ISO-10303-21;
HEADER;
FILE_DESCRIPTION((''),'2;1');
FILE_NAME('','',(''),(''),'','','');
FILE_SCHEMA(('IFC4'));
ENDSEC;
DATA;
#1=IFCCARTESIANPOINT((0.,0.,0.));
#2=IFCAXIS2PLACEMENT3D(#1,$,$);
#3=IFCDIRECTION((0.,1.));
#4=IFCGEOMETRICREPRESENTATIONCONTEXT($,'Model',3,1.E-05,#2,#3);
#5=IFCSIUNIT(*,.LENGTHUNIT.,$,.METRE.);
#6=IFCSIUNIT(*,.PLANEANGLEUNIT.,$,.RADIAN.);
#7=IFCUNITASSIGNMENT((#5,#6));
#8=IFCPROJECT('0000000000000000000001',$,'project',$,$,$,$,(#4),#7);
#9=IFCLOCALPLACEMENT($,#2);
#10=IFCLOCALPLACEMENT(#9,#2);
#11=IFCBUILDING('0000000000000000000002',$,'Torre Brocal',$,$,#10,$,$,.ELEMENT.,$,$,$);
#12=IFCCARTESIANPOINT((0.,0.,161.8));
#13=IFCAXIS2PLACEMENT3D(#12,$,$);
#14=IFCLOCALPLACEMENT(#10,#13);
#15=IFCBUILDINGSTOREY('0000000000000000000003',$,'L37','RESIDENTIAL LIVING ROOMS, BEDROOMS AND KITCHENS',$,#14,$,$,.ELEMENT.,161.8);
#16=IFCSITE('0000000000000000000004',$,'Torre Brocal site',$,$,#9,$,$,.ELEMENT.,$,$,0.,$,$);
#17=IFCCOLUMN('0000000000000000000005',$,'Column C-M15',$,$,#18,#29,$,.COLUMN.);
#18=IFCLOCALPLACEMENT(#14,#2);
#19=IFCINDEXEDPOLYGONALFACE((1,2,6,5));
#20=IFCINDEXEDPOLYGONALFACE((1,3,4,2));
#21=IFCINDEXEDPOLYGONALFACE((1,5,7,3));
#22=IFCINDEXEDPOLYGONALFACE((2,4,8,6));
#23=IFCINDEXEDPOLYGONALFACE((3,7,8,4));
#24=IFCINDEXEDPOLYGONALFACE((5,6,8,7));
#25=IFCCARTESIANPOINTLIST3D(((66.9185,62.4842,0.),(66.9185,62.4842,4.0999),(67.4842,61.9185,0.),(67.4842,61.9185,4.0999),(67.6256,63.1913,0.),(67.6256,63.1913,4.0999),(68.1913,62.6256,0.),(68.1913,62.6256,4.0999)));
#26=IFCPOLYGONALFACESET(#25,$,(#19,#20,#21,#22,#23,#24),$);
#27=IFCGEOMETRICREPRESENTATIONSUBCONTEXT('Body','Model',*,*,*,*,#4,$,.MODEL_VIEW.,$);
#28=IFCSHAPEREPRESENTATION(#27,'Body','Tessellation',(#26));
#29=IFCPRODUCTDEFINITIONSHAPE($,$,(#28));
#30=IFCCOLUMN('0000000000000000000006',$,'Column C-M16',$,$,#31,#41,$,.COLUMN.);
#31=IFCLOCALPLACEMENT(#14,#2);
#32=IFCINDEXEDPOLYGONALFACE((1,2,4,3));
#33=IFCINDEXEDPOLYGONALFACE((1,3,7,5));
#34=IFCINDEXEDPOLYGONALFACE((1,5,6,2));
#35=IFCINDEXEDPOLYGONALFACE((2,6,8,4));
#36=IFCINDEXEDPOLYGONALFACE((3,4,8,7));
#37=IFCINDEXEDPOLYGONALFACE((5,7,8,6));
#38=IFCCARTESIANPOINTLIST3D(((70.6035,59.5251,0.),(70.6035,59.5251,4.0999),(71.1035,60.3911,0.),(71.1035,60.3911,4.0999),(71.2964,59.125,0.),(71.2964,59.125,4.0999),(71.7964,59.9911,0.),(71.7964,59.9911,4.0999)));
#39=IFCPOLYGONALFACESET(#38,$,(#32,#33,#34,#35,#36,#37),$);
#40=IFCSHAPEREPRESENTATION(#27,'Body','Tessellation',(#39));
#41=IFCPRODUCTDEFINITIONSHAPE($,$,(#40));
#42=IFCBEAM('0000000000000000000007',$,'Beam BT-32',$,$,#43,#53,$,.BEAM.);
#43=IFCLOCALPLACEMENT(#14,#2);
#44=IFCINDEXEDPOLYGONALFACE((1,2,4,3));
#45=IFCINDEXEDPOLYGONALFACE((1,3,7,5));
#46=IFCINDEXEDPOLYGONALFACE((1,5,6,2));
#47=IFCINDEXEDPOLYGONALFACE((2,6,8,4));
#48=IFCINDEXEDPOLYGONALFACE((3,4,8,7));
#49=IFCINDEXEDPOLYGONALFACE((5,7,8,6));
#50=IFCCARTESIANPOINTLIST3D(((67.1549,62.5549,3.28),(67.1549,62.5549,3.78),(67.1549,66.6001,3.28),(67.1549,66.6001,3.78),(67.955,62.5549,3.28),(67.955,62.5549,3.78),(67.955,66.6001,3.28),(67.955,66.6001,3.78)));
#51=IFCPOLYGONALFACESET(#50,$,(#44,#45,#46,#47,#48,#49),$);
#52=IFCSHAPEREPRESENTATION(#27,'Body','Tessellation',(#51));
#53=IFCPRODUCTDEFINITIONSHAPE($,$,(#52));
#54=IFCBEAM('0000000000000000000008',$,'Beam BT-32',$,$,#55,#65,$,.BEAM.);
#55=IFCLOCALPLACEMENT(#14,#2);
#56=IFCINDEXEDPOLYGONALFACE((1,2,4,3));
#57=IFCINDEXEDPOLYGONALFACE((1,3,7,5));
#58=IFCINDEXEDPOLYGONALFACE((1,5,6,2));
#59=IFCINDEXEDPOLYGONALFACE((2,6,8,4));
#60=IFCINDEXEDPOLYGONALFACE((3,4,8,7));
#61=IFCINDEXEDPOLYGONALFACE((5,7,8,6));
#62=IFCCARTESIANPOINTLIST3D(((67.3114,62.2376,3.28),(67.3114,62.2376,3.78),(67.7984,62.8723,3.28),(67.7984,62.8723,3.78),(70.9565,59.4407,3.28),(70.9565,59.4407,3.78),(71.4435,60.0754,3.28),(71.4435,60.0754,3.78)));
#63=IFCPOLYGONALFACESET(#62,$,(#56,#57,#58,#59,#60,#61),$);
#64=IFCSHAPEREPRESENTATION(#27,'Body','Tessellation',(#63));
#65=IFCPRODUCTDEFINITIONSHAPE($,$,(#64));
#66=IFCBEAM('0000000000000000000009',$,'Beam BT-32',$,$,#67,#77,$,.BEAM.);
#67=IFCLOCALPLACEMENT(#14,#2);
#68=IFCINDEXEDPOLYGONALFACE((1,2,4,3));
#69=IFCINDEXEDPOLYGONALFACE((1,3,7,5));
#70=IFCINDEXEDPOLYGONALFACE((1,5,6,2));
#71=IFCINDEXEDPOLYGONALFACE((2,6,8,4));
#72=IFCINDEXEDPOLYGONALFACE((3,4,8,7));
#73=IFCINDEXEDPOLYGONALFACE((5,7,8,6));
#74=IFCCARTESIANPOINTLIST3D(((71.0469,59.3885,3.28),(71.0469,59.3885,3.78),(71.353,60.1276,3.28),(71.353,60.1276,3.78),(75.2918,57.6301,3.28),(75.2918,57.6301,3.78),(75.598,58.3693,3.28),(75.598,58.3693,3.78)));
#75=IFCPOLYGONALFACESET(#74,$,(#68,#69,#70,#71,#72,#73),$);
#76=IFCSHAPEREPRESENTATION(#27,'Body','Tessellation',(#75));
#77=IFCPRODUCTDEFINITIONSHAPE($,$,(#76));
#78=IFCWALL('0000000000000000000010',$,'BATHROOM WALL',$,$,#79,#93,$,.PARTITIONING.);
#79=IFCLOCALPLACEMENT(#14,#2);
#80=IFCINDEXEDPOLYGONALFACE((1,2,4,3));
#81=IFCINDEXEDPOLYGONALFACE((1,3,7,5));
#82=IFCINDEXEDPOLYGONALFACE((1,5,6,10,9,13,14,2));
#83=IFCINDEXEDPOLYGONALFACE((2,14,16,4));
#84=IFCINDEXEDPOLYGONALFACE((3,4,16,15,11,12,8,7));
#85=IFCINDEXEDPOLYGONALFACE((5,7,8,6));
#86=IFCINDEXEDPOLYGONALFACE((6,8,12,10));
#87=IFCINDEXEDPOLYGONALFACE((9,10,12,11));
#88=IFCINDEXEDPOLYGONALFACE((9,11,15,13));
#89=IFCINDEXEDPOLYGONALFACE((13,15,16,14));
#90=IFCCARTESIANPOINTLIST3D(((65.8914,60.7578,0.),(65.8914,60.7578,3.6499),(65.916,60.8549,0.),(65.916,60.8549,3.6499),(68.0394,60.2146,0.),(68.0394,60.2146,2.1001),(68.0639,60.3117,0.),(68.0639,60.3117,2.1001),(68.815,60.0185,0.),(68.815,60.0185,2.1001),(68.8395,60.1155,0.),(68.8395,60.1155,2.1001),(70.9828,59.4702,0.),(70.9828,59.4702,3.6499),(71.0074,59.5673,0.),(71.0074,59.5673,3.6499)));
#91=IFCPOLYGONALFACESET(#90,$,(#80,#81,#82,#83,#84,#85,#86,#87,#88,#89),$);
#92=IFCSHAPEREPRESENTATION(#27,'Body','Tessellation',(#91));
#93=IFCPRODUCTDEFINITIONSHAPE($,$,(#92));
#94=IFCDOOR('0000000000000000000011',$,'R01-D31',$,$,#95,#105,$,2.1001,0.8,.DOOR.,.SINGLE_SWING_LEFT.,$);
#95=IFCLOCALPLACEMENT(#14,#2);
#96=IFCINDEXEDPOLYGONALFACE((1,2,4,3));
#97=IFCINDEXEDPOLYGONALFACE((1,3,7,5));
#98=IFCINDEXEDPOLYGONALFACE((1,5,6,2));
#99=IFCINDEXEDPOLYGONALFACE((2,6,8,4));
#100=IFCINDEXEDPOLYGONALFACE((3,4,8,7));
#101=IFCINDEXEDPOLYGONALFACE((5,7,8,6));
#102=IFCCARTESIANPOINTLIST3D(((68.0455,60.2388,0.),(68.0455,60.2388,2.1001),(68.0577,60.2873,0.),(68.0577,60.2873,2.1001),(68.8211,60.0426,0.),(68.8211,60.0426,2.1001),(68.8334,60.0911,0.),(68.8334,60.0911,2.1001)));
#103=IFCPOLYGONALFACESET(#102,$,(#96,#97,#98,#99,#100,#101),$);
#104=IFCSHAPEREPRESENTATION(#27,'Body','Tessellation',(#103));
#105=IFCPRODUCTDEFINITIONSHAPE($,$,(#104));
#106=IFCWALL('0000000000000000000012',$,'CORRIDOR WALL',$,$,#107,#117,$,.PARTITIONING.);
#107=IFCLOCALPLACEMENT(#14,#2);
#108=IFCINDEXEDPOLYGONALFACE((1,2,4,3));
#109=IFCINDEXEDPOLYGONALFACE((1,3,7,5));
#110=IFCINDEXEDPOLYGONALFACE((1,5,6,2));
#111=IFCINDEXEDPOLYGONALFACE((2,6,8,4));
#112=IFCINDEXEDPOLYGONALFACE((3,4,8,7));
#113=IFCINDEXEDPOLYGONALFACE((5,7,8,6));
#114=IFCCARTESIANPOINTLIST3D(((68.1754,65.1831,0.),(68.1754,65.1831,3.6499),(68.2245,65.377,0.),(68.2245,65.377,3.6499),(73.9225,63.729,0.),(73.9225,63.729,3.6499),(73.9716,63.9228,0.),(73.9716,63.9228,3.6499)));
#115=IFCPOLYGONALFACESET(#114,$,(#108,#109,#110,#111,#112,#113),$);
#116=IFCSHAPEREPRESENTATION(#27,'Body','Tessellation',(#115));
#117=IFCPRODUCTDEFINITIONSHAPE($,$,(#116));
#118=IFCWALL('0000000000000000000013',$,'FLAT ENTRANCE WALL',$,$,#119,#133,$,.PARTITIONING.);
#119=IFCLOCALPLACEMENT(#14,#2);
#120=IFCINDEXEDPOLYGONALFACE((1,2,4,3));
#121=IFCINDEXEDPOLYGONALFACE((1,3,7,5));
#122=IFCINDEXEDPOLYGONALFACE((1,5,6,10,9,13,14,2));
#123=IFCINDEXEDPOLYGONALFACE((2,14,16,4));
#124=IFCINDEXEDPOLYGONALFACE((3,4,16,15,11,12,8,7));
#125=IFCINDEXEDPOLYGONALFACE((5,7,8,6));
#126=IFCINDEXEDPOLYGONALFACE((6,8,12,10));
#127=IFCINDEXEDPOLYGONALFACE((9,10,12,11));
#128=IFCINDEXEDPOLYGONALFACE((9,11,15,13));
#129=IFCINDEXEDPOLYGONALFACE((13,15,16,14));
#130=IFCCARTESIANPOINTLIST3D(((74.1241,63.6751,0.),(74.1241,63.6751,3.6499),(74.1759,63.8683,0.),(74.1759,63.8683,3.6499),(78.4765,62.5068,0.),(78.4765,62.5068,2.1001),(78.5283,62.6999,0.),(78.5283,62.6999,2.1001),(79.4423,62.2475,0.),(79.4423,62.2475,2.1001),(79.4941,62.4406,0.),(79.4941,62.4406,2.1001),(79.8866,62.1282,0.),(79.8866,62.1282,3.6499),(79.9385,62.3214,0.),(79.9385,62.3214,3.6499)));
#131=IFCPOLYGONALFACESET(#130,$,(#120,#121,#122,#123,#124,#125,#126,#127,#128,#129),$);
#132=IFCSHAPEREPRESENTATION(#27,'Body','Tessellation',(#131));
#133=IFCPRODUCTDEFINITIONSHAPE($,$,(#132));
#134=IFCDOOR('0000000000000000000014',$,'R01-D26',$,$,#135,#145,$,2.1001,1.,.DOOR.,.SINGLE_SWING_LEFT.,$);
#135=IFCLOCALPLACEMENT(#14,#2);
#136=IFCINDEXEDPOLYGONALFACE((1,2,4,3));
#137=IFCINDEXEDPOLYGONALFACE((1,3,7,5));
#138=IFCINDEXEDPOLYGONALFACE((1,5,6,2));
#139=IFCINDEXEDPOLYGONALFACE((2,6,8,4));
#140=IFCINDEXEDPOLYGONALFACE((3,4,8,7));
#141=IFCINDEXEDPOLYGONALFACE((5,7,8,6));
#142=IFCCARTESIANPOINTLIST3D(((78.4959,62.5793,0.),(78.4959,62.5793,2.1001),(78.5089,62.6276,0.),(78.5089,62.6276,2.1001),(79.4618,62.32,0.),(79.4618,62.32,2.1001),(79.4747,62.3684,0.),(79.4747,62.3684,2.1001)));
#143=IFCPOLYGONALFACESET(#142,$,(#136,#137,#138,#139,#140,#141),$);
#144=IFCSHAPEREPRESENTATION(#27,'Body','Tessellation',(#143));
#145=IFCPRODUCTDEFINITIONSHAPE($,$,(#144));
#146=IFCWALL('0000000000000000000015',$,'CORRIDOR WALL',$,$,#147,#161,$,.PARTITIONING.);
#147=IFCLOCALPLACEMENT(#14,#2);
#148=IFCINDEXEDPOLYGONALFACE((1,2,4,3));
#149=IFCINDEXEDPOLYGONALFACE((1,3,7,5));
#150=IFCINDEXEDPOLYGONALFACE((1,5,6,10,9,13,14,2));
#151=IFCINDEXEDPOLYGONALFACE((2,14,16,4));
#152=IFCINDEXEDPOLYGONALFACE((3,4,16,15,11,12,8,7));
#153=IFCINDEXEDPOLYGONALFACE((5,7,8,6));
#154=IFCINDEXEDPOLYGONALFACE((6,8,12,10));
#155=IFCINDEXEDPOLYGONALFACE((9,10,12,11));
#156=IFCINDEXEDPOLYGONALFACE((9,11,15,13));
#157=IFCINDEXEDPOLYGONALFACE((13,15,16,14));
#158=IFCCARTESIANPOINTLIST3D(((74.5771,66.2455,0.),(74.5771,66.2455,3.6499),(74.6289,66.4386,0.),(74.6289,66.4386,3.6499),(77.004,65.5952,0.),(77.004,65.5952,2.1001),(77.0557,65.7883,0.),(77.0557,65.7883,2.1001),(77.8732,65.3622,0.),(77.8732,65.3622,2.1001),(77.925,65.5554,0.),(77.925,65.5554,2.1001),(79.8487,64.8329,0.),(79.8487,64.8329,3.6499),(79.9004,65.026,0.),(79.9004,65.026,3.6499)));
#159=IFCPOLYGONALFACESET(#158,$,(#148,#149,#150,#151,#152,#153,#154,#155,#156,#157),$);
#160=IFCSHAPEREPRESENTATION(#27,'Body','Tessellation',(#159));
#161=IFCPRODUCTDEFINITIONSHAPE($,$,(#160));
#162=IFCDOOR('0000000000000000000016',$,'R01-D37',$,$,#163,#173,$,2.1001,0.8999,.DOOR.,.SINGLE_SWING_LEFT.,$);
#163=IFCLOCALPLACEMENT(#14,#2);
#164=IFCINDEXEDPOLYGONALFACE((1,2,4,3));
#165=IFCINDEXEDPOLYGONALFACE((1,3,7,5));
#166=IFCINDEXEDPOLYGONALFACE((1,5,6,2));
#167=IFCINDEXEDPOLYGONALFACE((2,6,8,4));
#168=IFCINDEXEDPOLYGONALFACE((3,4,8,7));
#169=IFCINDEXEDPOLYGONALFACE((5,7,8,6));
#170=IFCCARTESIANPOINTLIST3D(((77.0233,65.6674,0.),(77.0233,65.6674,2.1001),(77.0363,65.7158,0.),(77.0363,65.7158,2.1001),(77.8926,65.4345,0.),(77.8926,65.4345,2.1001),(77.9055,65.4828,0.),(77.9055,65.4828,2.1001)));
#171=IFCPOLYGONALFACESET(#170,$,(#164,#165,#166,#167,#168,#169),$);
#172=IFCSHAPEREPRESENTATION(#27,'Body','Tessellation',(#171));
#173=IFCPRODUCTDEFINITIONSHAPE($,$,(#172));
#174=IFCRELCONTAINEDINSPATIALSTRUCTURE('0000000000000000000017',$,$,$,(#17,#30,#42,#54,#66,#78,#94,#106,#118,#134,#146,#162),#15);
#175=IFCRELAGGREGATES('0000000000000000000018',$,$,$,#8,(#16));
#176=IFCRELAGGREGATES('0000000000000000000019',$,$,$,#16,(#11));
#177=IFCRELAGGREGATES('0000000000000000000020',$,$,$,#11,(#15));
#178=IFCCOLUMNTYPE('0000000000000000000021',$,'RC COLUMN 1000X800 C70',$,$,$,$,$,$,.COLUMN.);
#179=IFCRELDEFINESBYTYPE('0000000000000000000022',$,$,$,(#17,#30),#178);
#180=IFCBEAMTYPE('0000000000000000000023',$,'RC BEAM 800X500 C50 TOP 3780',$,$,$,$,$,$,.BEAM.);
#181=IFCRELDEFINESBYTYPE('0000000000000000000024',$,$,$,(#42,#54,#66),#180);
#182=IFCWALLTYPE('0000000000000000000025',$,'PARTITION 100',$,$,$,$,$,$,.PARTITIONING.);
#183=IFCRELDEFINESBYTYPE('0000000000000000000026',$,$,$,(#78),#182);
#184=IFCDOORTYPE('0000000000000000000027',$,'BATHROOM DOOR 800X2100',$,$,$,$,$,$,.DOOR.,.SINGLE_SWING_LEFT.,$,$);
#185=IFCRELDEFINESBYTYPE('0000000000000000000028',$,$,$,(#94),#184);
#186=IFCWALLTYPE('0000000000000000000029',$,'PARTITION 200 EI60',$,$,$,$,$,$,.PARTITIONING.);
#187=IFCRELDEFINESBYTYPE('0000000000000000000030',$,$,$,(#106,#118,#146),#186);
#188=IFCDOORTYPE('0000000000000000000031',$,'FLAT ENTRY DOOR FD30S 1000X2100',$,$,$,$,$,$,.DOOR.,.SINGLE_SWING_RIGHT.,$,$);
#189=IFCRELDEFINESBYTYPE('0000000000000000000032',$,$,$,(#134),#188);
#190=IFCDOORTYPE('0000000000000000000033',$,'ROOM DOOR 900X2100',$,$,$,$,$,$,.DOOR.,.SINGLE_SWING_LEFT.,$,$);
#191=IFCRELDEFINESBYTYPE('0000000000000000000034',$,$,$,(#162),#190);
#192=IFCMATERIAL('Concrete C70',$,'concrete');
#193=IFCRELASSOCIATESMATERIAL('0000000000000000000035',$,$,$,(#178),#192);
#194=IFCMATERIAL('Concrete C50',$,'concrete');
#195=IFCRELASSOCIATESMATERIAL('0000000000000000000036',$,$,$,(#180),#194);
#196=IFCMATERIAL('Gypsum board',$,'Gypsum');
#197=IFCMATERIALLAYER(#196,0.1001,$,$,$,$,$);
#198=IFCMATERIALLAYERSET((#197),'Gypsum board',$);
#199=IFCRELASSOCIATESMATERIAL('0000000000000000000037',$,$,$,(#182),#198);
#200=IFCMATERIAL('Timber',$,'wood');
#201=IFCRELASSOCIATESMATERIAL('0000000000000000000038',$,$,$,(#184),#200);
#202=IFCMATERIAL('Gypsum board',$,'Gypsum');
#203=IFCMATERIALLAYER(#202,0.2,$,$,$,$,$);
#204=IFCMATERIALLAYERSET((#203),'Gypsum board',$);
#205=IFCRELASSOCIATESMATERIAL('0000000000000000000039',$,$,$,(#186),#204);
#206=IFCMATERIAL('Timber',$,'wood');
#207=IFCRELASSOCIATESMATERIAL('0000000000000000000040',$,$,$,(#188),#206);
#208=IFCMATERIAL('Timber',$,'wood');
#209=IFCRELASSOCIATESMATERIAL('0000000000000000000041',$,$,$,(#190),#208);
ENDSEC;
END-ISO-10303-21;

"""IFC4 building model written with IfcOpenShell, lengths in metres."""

from ifc_helpers import new_model, si_unit, direction, frame, frame_2d, origin, origin_2d, place, context, subcontext, project, spatial, rectangle, extrude, material, layer, layer_set, material_profile, profile_set, type_object, element, fill, save


model = new_model("IFC4")

# Units and contexts
model_context = context("Model", 3, precision=1e-05, world=origin(), true_north=direction((0.0, 1.0)))
body_context = subcontext(model_context, "Body", "Model", "MODEL_VIEW")
ifc_project = project(units=[si_unit("LENGTHUNIT", "METRE"), si_unit("PLANEANGLEUNIT", "RADIAN")], contexts=[model_context])

# Site, building, storey
site_placement = place(None, origin())
site = spatial("IfcSite", under=ifc_project, at=site_placement, Name="Torre Brocal site", CompositionType="ELEMENT", RefElevation=0.0)
building_placement = place(site_placement, origin())
building = spatial("IfcBuilding", under=site, at=building_placement, Name="Torre Brocal", CompositionType="ELEMENT")
storey_placement = place(building_placement, frame((0.0, 0.0, 161.8)))
storey = spatial("IfcBuildingStorey", under=building, at=storey_placement, Name="L37", Description="RESIDENTIAL LIVING ROOMS, BEDROOMS AND KITCHENS", CompositionType="ELEMENT", Elevation=161.8)

# Columns
ifc_material_1 = material(Name="Concrete C70", Category="concrete")
ifc_material_profile_1 = material_profile(ifc_material_1, rectangle(XDim=1.0, YDim=0.8, at=origin_2d()), Name="RC 1000X800")
ifc_profile_set_1 = profile_set([ifc_material_profile_1], Name="Concrete C70")
column_type = type_object("IfcColumnType", Name="RC COLUMN 1000X800 C70", PredefinedType="COLUMN", material=ifc_profile_set_1)
for number, where, z_axis, x_axis, name in (
    (1, (67.5549, 62.5549, 0.0), (0.0, 0.0, 1.0), (-0.707107, -0.707107, 0.0), "Column C-M15"),
    (2, (71.2, 59.7581, 0.0), (0.0, 0.0, 1.0), (-0.5, -0.866025, 0.0), "Column C-M16"),
):
    element("IfcColumn", number, at=place(storey_placement, frame(where, z_axis=z_axis, x_axis=x_axis)), inside=storey, type_object=column_type, Name=name, PredefinedType="COLUMN", context=body_context, shape_type="SweptSolid", body=[
        extrude(rectangle(XDim=1.0, YDim=0.8, at=origin_2d()), origin(), (0.0, 0.0, 1.0), 4.0999),
    ])

# Beams
ifc_material_2 = material(Name="Concrete C50", Category="concrete")
ifc_material_profile_2 = material_profile(ifc_material_2, rectangle(XDim=0.8, YDim=0.5, at=origin_2d()), Name="RC 800X500")
ifc_profile_set_2 = profile_set([ifc_material_profile_2], Name="Concrete C50")
beam_type = type_object("IfcBeamType", Name="RC BEAM 800X500 C50 TOP 3780", PredefinedType="BEAM", material=ifc_profile_set_2)
beam_1_placement = place(storey_placement, frame((67.5549, 62.5549, 3.53), z_axis=(0.0, 1.0, 0.0), x_axis=(-1.0, 0.0, 0.0)))
element("IfcBeam", 3, at=beam_1_placement, inside=storey, type_object=beam_type, Name="Beam BT-32", PredefinedType="BEAM", context=body_context, shape_type="SweptSolid", body=[
    extrude(rectangle(XDim=0.8, YDim=0.5, at=origin_2d()), origin(), (0.0, 0.0, 1.0), 4.0452),
])
beam_2_placement = place(storey_placement, frame((67.5549, 62.5549, 3.53), z_axis=(0.793358, -0.608755, 0.0), x_axis=(0.608755, 0.793358, 0.0)))
element("IfcBeam", 4, at=beam_2_placement, inside=storey, type_object=beam_type, Name="Beam BT-32", PredefinedType="BEAM", context=body_context, shape_type="SweptSolid", body=[
    extrude(rectangle(XDim=0.8, YDim=0.5, at=origin_2d()), origin(), (0.0, 0.0, 1.0), 4.5945),
])
beam_3_placement = place(storey_placement, frame((71.2, 59.7581, 3.53), z_axis=(0.923878, -0.382687, 0.0), x_axis=(0.382687, 0.923878, 0.0)))
element("IfcBeam", 5, at=beam_3_placement, inside=storey, type_object=beam_type, Name="Beam BT-32", PredefinedType="BEAM", context=body_context, shape_type="SweptSolid", body=[
    extrude(rectangle(XDim=0.8, YDim=0.5, at=origin_2d()), origin(), (0.0, 0.0, 1.0), 4.5947),
])

# Wall, opening, door
ifc_material_3 = material(Name="Gypsum board", Category="Gypsum")
ifc_layer_1 = layer(ifc_material_3, 0.1001)
ifc_layer_set_1 = layer_set([ifc_layer_1], Name="Gypsum board")
wall_type_1 = type_object("IfcWallType", Name="PARTITION 100", PredefinedType="PARTITIONING", material=ifc_layer_set_1)
wall_1_placement = place(storey_placement, frame((65.9036, 60.8064, 0.0), z_axis=(0.0, 0.0, 1.0), x_axis=(0.969477, -0.245182, 0.0)))
wall_1 = element("IfcWall", 6, at=wall_1_placement, inside=storey, type_object=wall_type_1, Name="BATHROOM WALL", PredefinedType="PARTITIONING", context=body_context, shape_type="SweptSolid", body=[
    extrude(rectangle(XDim=5.2517, YDim=0.1001, at=frame_2d((2.626, 0.0))), origin(), (0.0, 0.0, 1.0), 3.6499),
])
opening_1_placement = place(wall_1_placement, frame((2.2158, 0.0, 0.0)))
opening_1 = element("IfcOpeningElement", 7, at=opening_1_placement, cuts=wall_1, PredefinedType="OPENING", context=body_context, shape_type="SweptSolid", body=[
    extrude(rectangle(XDim=0.8, YDim=2.1001, at=frame_2d((0.3999, 1.05))), frame((0.0, 0.0601, 0.0), z_axis=(0.0, -1.0, 0.0), x_axis=(1.0, 0.0, 0.0)), (0.0, 0.0, 1.0), 0.1201),
])
ifc_material_4 = material(Name="Timber", Category="wood")
door_type_1 = type_object("IfcDoorType", Name="BATHROOM DOOR 800X2100", OperationType="SINGLE_SWING_LEFT", PredefinedType="DOOR", material=ifc_material_4)
door_1_placement = place(opening_1_placement, origin())
door_1 = element("IfcDoor", 8, at=door_1_placement, inside=storey, type_object=door_type_1, Name="R01-D31", OperationType="SINGLE_SWING_LEFT", OverallHeight=2.1001, OverallWidth=0.8, PredefinedType="DOOR", context=body_context, shape_type="SweptSolid", body=[
    extrude(rectangle(XDim=0.8, YDim=2.1001, at=frame_2d((0.3999, 1.05))), frame((0.0, 0.0249, 0.0), z_axis=(0.0, -1.0, 0.0), x_axis=(1.0, 0.0, 0.0)), (0.0, 0.0, 1.0), 0.05),
])
fill(opening_1, door_1)

# Wall
ifc_material_5 = material(Name="Gypsum board", Category="Gypsum")
ifc_layer_2 = layer(ifc_material_5, 0.2)
ifc_layer_set_2 = layer_set([ifc_layer_2], Name="Gypsum board")
wall_type_2 = type_object("IfcWallType", Name="PARTITION 200 EI60", PredefinedType="PARTITIONING", material=ifc_layer_set_2)
wall_2_placement = place(storey_placement, frame((68.2, 65.28, 0.0), z_axis=(0.0, 0.0, 1.0), x_axis=(0.969451, -0.245287, 0.0)))
element("IfcWall", 9, at=wall_2_placement, inside=storey, type_object=wall_type_2, Name="CORRIDOR WALL", PredefinedType="PARTITIONING", context=body_context, shape_type="SweptSolid", body=[
    extrude(rectangle(XDim=5.9282, YDim=0.2, at=frame_2d((2.9641, 0.0))), origin(), (0.0, 0.0, 1.0), 3.6499),
])

# Walls, openings, doors
wall_3_placement = place(storey_placement, frame((74.1499, 63.7717, 0.0), z_axis=(0.0, 0.0, 1.0), x_axis=(0.965807, -0.259262, 0.0)))
wall_3 = element("IfcWall", 10, at=wall_3_placement, inside=storey, type_object=wall_type_2, Name="FLAT ENTRANCE WALL", PredefinedType="PARTITIONING", context=body_context, shape_type="SweptSolid", body=[
    extrude(rectangle(XDim=5.9666, YDim=0.2, at=frame_2d((2.9834, 0.0))), origin(), (0.0, 0.0, 1.0), 3.6499),
])
opening_2_placement = place(wall_3_placement, frame((4.5066, 0.0, 0.0)))
opening_2 = element("IfcOpeningElement", 11, at=opening_2_placement, cuts=wall_3, PredefinedType="OPENING", context=body_context, shape_type="SweptSolid", body=[
    extrude(rectangle(XDim=1.0, YDim=2.1001, at=frame_2d((0.5, 1.05))), frame((0.0, 0.1099, 0.0), z_axis=(0.0, -1.0, 0.0), x_axis=(1.0, 0.0, 0.0)), (0.0, 0.0, 1.0), 0.22),
])
ifc_material_6 = material(Name="Timber", Category="wood")
door_type_2 = type_object("IfcDoorType", Name="FLAT ENTRY DOOR FD30S 1000X2100", OperationType="SINGLE_SWING_RIGHT", PredefinedType="DOOR", material=ifc_material_6)
door_2_placement = place(opening_2_placement, frame((1.0, 0.0, 0.0), z_axis=(0.0, 0.0, 1.0), x_axis=(-1.0, 0.0, 0.0)))
door_2 = element("IfcDoor", 12, at=door_2_placement, inside=storey, type_object=door_type_2, Name="R01-D26", OperationType="SINGLE_SWING_LEFT", OverallHeight=2.1001, OverallWidth=1.0, PredefinedType="DOOR", context=body_context, shape_type="SweptSolid", body=[
    extrude(rectangle(XDim=1.0, YDim=2.1001, at=frame_2d((0.5, 1.05))), frame((0.0, 0.0249, 0.0), z_axis=(0.0, -1.0, 0.0), x_axis=(1.0, 0.0, 0.0)), (0.0, 0.0, 1.0), 0.05),
])
fill(opening_2, door_2)
wall_4_placement = place(storey_placement, frame((74.603, 66.342, 0.0), z_axis=(0.0, 0.0, 1.0), x_axis=(0.965921, -0.258837, 0.0)))
wall_4 = element("IfcWall", 13, at=wall_4_placement, inside=storey, type_object=wall_type_2, Name="CORRIDOR WALL", PredefinedType="PARTITIONING", context=body_context, shape_type="SweptSolid", body=[
    extrude(rectangle(XDim=5.4575, YDim=0.2, at=frame_2d((2.7288, 0.0))), origin(), (0.0, 0.0, 1.0), 3.6499),
])
opening_3_placement = place(wall_4_placement, frame((2.5125, 0.0, 0.0)))
opening_3 = element("IfcOpeningElement", 14, at=opening_3_placement, cuts=wall_4, PredefinedType="OPENING", context=body_context, shape_type="SweptSolid", body=[
    extrude(rectangle(XDim=0.8999, YDim=2.1001, at=frame_2d((0.45, 1.05))), frame((0.0, 0.1099, 0.0), z_axis=(0.0, -1.0, 0.0), x_axis=(1.0, 0.0, 0.0)), (0.0, 0.0, 1.0), 0.22),
])
ifc_material_7 = material(Name="Timber", Category="wood")
door_type_3 = type_object("IfcDoorType", Name="ROOM DOOR 900X2100", OperationType="SINGLE_SWING_LEFT", PredefinedType="DOOR", material=ifc_material_7)
door_3_placement = place(opening_3_placement, origin())
door_3 = element("IfcDoor", 15, at=door_3_placement, inside=storey, type_object=door_type_3, Name="R01-D37", OperationType="SINGLE_SWING_LEFT", OverallHeight=2.1001, OverallWidth=0.8999, PredefinedType="DOOR", context=body_context, shape_type="SweptSolid", body=[
    extrude(rectangle(XDim=0.8999, YDim=2.1001, at=frame_2d((0.45, 1.05))), frame((0.0, 0.0249, 0.0), z_axis=(0.0, -1.0, 0.0), x_axis=(1.0, 0.0, 0.0)), (0.0, 0.0, 1.0), 0.05),
])
fill(opening_3, door_3)

save(model, "model.ifc")
